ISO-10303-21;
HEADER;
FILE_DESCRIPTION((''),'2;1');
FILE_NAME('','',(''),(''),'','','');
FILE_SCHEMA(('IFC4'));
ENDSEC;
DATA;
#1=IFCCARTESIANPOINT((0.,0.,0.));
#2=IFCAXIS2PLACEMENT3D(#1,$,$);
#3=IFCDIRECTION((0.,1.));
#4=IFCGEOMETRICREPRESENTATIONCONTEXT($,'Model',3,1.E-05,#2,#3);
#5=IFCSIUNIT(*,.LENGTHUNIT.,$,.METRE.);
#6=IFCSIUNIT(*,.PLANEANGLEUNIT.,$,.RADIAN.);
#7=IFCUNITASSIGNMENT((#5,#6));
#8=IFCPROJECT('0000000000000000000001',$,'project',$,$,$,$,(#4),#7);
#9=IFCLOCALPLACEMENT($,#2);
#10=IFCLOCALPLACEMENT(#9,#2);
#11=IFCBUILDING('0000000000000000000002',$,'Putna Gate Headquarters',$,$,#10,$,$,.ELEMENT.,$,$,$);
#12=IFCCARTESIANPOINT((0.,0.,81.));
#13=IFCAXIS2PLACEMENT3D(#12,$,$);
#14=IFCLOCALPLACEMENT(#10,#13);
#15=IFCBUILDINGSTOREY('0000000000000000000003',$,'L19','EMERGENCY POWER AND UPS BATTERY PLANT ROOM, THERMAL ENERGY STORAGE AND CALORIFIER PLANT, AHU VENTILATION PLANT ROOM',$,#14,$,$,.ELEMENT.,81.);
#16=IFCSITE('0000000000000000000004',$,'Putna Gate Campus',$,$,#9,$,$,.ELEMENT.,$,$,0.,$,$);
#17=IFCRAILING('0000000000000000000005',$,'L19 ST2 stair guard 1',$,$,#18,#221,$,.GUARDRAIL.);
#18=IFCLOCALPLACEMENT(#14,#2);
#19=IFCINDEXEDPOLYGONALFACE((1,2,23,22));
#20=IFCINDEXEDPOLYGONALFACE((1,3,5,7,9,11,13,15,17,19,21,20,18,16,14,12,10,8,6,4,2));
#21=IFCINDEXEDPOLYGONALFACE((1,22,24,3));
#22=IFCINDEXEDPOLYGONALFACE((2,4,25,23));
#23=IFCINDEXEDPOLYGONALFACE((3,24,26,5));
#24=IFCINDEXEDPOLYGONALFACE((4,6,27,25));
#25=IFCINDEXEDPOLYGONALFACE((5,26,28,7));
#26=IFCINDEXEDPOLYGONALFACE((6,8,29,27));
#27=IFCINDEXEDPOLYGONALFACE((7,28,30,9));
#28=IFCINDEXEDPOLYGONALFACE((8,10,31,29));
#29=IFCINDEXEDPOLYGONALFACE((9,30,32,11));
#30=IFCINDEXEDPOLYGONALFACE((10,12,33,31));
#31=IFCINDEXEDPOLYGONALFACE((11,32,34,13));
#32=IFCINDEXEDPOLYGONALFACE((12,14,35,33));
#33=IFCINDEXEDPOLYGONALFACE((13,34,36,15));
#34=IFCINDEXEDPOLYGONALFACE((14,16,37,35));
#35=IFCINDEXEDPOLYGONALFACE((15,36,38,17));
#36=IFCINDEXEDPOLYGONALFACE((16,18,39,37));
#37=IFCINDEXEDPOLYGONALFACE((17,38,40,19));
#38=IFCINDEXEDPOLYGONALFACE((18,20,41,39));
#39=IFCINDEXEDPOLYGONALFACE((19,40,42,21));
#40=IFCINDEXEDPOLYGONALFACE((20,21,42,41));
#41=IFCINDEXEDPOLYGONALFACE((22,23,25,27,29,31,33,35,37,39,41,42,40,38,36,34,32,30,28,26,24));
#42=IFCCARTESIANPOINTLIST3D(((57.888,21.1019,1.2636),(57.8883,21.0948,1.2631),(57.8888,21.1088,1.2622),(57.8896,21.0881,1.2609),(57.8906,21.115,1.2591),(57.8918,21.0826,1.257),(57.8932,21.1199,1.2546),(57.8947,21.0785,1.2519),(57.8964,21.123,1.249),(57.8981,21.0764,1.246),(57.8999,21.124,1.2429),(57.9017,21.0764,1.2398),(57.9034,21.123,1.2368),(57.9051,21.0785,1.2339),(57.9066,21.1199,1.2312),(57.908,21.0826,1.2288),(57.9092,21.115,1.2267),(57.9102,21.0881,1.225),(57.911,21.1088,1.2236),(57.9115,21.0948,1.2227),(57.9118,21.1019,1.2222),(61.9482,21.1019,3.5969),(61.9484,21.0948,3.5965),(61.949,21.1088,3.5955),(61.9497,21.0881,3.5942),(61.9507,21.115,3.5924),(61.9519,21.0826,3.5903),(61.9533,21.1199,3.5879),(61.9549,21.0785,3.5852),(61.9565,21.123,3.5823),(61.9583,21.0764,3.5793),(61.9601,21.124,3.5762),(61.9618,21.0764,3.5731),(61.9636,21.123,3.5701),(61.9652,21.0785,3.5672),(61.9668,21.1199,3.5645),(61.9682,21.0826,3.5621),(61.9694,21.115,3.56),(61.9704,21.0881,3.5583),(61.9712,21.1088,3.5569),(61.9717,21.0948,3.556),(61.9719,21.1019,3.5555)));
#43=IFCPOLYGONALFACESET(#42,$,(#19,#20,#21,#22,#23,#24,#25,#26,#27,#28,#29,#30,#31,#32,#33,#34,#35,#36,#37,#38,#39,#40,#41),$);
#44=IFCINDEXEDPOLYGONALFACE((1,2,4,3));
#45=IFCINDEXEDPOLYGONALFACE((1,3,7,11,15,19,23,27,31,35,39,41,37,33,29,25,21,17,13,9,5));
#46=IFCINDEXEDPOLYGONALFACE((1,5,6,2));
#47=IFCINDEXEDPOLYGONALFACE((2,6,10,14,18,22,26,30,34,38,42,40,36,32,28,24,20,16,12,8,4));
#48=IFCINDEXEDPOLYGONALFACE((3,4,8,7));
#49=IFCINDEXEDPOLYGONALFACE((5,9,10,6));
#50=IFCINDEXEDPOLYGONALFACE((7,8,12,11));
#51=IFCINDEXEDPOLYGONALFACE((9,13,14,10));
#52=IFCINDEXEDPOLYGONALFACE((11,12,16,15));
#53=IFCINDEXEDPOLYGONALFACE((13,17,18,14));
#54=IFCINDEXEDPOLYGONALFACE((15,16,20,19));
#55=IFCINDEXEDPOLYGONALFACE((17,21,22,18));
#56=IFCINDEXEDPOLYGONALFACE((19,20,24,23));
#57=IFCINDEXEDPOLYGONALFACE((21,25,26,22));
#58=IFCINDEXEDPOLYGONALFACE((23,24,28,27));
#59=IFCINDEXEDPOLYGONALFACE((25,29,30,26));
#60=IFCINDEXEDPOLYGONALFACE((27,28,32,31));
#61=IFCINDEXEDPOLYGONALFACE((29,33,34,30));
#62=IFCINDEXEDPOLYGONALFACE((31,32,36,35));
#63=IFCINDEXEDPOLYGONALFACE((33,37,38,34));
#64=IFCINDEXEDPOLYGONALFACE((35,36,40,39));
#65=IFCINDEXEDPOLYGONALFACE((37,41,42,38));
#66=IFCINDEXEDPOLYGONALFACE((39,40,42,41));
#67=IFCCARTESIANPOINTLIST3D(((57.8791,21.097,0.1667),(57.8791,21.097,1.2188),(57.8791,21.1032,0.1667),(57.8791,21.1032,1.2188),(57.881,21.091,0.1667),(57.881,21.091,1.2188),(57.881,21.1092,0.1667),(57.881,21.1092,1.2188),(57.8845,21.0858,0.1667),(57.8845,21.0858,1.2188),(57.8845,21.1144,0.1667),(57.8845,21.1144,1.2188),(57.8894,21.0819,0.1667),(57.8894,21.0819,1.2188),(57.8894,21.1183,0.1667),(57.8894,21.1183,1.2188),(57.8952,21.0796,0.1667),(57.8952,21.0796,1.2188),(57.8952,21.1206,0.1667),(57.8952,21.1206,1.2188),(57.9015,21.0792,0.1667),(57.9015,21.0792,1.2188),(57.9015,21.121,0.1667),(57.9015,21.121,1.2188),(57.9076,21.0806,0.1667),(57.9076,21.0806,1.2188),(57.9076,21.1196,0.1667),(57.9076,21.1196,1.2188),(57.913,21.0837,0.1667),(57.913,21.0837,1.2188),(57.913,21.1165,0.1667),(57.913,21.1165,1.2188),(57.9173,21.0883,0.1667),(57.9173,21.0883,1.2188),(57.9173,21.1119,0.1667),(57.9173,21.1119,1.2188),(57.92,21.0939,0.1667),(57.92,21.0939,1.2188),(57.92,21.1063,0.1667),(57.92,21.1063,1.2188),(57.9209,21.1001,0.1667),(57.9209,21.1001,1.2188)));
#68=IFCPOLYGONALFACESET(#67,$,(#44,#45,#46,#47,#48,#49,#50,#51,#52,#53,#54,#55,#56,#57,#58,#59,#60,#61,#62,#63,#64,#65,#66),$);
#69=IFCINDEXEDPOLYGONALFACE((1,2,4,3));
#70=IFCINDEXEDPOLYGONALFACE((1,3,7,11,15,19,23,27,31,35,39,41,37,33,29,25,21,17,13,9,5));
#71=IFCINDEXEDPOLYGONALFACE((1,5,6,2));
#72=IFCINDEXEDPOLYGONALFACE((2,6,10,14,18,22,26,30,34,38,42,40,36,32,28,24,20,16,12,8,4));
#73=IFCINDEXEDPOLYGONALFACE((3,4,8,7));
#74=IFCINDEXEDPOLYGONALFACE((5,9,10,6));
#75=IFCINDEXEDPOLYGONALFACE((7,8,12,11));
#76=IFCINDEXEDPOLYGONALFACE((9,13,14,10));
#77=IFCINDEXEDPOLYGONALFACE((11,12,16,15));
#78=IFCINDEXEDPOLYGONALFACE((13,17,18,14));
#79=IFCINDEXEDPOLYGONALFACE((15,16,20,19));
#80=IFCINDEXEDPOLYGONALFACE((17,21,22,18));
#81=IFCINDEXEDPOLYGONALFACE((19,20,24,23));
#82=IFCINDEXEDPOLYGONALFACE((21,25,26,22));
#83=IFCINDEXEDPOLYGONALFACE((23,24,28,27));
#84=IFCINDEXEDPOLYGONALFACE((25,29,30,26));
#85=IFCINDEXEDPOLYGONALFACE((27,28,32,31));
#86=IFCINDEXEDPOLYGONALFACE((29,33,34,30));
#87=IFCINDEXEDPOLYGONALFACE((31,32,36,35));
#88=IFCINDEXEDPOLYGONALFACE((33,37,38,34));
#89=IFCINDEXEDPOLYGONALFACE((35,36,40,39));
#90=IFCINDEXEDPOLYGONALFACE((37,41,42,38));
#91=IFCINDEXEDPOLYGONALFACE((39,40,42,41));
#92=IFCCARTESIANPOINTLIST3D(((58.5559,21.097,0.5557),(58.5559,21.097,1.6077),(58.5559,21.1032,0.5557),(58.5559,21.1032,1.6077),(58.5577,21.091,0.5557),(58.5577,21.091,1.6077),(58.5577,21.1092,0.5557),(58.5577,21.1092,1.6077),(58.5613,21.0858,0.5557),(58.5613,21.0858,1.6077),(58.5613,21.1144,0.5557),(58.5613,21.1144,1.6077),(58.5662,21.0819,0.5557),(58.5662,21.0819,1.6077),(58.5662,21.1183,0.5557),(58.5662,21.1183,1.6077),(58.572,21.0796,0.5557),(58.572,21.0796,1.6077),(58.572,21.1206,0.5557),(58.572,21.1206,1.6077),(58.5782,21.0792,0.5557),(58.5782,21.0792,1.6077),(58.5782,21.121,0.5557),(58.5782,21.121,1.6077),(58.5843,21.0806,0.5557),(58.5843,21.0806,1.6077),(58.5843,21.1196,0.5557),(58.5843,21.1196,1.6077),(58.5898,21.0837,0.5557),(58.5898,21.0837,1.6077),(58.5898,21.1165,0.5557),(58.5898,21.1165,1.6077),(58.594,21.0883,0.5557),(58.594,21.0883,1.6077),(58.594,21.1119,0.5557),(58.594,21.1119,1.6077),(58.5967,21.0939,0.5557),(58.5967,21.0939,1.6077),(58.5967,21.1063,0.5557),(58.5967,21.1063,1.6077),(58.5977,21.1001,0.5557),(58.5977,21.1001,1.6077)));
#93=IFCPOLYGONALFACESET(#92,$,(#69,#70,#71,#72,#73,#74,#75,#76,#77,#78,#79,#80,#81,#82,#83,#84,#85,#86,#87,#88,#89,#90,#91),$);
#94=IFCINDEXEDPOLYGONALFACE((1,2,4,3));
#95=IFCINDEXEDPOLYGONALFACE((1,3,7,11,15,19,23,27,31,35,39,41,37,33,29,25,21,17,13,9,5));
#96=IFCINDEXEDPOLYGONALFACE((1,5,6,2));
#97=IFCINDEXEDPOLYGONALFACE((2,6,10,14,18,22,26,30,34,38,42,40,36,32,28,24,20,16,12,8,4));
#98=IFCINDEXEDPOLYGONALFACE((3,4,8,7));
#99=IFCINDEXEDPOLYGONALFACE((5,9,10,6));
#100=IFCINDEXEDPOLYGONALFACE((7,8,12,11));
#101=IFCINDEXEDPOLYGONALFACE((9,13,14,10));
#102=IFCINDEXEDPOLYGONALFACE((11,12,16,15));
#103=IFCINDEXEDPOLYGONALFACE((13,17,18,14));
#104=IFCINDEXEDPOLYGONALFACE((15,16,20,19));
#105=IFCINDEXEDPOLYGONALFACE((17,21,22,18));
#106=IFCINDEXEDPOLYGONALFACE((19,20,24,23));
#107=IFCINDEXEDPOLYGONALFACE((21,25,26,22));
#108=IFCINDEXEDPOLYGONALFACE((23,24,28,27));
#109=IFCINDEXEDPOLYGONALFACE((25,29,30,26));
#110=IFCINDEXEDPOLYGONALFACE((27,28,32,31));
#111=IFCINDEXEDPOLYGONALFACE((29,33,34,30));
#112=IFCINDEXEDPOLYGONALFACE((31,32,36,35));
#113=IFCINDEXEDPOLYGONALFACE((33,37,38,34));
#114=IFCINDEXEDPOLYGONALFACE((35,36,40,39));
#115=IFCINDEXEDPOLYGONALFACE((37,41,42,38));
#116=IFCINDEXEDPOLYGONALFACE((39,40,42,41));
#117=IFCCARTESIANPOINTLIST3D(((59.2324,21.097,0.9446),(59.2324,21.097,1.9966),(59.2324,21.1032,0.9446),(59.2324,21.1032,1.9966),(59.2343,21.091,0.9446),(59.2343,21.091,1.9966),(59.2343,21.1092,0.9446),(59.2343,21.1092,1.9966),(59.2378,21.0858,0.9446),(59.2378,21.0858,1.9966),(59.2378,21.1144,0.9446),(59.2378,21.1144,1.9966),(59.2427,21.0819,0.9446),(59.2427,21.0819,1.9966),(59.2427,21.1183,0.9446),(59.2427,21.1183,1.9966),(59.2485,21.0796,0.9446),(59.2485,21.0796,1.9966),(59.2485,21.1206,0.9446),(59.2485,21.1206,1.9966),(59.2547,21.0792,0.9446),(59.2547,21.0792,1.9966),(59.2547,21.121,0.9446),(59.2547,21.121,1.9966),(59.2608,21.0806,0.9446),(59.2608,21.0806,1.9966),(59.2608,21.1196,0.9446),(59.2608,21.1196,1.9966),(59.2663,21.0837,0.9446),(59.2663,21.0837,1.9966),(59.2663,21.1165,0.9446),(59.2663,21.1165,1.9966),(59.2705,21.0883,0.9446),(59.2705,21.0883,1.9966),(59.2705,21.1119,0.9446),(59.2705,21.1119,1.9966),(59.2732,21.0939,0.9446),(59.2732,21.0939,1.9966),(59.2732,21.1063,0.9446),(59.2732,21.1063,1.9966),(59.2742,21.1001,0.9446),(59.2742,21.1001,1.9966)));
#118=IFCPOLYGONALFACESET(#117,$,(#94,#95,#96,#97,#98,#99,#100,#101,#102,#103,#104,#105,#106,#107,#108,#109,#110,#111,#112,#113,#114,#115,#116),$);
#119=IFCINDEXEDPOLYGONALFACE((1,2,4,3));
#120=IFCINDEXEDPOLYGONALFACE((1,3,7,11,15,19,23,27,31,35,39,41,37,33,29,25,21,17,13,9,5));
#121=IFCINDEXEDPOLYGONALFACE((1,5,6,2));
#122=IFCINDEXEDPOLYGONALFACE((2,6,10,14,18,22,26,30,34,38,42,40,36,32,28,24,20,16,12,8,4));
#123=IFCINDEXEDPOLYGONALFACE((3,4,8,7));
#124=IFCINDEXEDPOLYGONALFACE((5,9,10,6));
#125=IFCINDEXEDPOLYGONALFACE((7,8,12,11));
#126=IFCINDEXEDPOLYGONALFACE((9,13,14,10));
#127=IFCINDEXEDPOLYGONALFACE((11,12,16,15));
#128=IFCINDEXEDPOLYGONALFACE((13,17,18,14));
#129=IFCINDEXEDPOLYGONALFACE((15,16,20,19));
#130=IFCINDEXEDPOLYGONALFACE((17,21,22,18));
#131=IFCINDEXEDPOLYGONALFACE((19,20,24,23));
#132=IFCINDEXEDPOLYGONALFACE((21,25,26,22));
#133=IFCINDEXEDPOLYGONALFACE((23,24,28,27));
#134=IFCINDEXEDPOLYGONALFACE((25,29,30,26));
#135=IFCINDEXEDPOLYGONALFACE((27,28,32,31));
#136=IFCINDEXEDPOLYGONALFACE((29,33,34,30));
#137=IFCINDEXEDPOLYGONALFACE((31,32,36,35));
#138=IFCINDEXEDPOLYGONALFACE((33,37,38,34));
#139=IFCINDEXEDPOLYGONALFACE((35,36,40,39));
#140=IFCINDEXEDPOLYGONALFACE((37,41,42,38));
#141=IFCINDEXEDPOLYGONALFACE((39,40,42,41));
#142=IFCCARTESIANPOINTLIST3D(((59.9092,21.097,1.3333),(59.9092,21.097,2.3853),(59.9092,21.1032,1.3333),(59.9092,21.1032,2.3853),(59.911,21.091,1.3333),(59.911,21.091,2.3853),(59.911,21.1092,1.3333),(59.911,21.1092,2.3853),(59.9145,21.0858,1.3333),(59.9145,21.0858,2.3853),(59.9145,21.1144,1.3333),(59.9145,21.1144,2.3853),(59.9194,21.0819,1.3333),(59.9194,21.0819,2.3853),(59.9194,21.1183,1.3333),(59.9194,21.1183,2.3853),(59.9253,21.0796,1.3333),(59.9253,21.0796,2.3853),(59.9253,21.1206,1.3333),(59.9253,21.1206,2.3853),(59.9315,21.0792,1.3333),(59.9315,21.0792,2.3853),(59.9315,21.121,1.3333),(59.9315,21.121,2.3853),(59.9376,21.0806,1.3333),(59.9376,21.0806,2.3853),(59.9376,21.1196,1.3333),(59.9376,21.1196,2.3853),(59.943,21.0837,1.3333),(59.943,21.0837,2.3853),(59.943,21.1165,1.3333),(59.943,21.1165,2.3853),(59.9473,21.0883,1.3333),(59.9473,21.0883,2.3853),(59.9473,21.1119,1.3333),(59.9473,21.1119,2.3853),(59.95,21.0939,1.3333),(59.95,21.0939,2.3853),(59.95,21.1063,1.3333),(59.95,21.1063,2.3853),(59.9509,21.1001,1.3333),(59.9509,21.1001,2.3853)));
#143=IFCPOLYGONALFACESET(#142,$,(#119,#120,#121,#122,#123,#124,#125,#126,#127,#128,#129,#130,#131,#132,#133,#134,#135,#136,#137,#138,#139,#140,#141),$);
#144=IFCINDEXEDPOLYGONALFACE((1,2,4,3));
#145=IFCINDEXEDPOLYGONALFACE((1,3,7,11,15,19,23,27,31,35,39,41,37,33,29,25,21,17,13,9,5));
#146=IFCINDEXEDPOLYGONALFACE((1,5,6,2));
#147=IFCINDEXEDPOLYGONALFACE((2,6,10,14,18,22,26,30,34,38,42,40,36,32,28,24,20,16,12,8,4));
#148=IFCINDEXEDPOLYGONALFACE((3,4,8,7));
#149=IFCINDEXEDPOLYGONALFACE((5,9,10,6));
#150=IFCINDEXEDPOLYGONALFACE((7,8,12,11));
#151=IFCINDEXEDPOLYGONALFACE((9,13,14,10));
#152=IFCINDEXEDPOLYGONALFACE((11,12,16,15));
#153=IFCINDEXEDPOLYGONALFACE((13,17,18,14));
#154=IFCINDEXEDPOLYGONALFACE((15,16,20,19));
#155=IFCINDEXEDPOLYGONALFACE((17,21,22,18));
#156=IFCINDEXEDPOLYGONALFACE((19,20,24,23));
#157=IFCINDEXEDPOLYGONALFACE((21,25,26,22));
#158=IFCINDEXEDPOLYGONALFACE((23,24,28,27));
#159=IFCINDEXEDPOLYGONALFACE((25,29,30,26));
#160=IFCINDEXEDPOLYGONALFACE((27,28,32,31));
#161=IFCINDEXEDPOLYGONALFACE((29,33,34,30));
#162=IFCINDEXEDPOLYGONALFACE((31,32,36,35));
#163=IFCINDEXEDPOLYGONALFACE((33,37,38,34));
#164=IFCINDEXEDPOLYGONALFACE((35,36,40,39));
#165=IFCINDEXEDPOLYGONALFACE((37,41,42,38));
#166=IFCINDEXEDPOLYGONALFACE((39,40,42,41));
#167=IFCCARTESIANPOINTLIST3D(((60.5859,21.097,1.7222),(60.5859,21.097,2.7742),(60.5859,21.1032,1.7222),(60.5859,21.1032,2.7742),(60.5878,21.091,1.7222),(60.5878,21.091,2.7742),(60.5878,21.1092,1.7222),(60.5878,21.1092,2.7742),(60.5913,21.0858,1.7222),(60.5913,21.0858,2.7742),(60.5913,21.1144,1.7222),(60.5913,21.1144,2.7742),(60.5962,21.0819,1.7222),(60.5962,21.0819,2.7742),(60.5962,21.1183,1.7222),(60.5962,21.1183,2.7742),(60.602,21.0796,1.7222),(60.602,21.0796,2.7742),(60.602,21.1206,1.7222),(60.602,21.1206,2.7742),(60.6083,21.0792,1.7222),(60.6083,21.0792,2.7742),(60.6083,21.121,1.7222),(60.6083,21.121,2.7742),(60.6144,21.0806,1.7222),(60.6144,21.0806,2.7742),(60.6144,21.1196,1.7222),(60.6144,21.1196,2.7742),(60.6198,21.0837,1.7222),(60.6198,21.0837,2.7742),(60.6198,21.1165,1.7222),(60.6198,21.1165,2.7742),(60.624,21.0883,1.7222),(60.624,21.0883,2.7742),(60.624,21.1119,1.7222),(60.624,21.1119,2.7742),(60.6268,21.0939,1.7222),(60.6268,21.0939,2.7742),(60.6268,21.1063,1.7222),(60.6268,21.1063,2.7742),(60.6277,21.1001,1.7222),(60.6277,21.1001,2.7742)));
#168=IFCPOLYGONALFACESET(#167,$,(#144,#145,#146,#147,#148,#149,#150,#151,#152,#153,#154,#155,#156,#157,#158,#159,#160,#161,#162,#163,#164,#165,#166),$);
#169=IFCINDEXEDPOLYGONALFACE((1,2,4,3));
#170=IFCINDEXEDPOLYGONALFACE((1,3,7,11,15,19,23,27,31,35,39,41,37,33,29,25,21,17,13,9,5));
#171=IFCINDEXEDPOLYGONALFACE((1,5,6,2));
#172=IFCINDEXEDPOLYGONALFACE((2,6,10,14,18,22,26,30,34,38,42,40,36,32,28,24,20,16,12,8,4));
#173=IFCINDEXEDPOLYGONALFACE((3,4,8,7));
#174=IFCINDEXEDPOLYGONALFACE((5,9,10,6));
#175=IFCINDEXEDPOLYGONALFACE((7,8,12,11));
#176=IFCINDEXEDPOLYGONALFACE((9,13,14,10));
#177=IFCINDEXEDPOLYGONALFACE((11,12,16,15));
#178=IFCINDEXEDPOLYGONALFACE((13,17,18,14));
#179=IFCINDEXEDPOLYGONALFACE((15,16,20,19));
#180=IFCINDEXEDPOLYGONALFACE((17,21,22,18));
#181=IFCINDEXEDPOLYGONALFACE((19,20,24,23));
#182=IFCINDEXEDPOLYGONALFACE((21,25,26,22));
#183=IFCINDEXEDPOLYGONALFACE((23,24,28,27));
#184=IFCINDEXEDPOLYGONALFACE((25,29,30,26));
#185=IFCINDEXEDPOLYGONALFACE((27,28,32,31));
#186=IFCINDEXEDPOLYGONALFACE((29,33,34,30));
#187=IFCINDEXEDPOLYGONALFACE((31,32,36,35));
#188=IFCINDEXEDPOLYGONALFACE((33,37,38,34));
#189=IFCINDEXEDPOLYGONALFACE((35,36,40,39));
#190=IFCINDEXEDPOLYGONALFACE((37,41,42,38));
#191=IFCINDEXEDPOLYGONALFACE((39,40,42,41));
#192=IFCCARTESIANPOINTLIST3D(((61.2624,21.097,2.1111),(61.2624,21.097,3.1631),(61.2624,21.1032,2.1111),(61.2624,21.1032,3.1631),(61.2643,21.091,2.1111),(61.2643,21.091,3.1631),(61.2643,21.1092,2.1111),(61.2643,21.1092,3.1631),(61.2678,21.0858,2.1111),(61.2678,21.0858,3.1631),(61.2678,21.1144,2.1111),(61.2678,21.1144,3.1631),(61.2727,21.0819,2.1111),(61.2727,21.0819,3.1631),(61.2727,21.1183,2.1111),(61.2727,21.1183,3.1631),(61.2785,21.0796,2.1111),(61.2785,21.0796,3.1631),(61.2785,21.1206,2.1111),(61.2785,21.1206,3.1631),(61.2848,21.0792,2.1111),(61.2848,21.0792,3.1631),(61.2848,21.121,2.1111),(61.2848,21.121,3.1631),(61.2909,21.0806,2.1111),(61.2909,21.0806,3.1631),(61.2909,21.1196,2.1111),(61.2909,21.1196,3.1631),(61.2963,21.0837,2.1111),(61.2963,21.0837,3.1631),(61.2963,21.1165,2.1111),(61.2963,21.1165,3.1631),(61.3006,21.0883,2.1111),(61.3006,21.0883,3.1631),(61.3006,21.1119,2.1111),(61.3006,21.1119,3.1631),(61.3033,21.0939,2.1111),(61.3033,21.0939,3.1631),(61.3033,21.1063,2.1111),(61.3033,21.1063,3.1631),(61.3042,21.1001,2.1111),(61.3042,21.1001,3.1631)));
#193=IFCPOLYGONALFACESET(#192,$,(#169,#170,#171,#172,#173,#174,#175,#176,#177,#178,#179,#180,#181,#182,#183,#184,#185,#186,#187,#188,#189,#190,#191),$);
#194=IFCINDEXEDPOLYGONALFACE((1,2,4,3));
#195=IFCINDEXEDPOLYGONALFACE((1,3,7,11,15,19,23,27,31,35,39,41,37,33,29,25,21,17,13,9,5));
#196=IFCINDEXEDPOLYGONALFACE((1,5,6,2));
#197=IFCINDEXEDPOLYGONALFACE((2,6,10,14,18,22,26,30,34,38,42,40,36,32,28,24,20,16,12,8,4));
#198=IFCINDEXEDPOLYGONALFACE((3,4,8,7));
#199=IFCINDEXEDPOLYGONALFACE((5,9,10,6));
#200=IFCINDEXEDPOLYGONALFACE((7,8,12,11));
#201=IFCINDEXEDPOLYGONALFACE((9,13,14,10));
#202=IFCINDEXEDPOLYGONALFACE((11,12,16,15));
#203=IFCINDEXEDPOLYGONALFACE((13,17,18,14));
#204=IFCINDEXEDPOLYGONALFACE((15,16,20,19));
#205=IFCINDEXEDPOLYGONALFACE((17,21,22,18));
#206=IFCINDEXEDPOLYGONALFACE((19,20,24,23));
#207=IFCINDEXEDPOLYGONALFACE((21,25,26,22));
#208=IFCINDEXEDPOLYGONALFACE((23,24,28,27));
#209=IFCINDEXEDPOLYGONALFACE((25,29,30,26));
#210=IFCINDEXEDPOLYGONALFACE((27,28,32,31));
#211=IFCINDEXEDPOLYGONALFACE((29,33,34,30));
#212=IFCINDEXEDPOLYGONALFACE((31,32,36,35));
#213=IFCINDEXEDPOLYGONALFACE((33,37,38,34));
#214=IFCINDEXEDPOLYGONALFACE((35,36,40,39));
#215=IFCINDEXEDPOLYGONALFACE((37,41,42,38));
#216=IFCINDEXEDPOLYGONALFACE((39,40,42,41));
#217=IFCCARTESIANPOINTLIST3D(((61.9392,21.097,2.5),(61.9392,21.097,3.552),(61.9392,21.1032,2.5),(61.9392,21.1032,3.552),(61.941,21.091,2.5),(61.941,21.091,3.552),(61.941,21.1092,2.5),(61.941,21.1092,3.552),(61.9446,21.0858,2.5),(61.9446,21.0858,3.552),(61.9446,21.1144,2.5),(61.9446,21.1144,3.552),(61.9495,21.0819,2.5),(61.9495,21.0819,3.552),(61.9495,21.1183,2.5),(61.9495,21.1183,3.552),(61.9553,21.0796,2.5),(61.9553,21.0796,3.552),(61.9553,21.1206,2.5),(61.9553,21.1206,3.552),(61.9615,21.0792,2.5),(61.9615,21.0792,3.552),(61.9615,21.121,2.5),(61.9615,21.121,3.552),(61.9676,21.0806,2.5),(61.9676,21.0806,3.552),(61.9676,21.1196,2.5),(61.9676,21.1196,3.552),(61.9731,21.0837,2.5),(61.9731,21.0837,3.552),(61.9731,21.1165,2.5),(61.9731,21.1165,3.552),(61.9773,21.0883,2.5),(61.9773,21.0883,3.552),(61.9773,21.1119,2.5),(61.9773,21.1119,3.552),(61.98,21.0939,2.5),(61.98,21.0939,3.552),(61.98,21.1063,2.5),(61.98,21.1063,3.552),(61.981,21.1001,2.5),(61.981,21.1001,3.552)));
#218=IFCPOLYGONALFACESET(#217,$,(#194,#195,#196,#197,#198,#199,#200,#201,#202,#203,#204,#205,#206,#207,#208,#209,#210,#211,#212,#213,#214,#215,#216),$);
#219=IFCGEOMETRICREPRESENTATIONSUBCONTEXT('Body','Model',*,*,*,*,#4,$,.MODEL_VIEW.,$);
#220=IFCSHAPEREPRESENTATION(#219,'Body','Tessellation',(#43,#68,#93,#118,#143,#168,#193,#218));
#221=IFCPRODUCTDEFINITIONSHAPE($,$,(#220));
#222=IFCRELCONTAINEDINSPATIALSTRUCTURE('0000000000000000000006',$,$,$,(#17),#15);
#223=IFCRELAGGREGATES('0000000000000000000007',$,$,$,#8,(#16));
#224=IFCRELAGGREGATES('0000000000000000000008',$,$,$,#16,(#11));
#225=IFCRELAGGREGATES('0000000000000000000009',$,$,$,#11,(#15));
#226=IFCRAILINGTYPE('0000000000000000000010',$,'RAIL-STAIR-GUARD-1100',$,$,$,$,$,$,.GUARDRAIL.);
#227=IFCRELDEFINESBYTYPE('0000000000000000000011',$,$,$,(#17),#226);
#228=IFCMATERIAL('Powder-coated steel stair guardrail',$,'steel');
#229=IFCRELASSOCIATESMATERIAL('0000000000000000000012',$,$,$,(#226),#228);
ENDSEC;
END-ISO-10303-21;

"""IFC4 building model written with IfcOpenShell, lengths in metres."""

from ifc_helpers import new_model, si_unit, direction, frame, origin, origin_2d, place, context, subcontext, project, spatial, circle, extrude, material, type_object, element, save


model = new_model("IFC4")

# Units and contexts
model_context = context("Model", 3, precision=1e-05, world=origin(), true_north=direction((0.0, 1.0)))
body_context = subcontext(model_context, "Body", "Model", "MODEL_VIEW")
ifc_project = project(units=[si_unit("LENGTHUNIT", "METRE"), si_unit("PLANEANGLEUNIT", "RADIAN")], contexts=[model_context])

# Site, building, storey
site_placement = place(None, origin())
site = spatial("IfcSite", under=ifc_project, at=site_placement, Name="Putna Gate Campus", CompositionType="ELEMENT", RefElevation=0.0)
building_placement = place(site_placement, origin())
building = spatial("IfcBuilding", under=site, at=building_placement, Name="Putna Gate Headquarters", CompositionType="ELEMENT")
storey_placement = place(building_placement, frame((0.0, 0.0, 81.0)))
storey = spatial("IfcBuildingStorey", under=building, at=storey_placement, Name="L19", Description="EMERGENCY POWER AND UPS BATTERY PLANT ROOM, THERMAL ENERGY STORAGE AND CALORIFIER PLANT, AHU VENTILATION PLANT ROOM", CompositionType="ELEMENT", Elevation=81.0)

# Railing
ifc_material_1 = material(Name="Powder-coated steel stair guardrail", Category="steel")
railing_type_1 = type_object("IfcRailingType", Name="RAIL-STAIR-GUARD-1100", PredefinedType="GUARDRAIL", material=ifc_material_1)
railing_1_placement = place(storey_placement, frame((57.8999, 21.1001, 0.1667)))
element("IfcRailing", 1, at=railing_1_placement, inside=storey, type_object=railing_type_1, Name="L19 ST2 stair guard 1", PredefinedType="GUARDRAIL", context=body_context, shape_type="SweptSolid", body=[
    extrude(circle(Radius=0.0239, at=origin_2d()), frame((0.0, 0.0, 1.0762), z_axis=(0.867025, 0.0, 0.498265), x_axis=(0.0, 1.0, 0.0)), (0.0, 0.0, 1.0), 4.6829),
    extrude(circle(Radius=0.021, at=origin_2d()), origin(), (0.0, 0.0, 1.0), 1.052),
    extrude(circle(Radius=0.021, at=origin_2d()), frame((0.6768, 0.0, 0.3889)), (0.0, 0.0, 1.0), 1.052),
    extrude(circle(Radius=0.021, at=origin_2d()), frame((1.3533, 0.0, 0.7778)), (0.0, 0.0, 1.0), 1.052),
    extrude(circle(Radius=0.021, at=origin_2d()), frame((2.03, 0.0, 1.1665)), (0.0, 0.0, 1.0), 1.052),
    extrude(circle(Radius=0.021, at=origin_2d()), frame((2.7068, 0.0, 1.5554)), (0.0, 0.0, 1.0), 1.052),
    extrude(circle(Radius=0.021, at=origin_2d()), frame((3.3833, 0.0, 1.9443)), (0.0, 0.0, 1.0), 1.052),
    extrude(circle(Radius=0.021, at=origin_2d()), frame((4.0601, 0.0, 2.3333)), (0.0, 0.0, 1.0), 1.052),
])

save(model, "model.ifc")
